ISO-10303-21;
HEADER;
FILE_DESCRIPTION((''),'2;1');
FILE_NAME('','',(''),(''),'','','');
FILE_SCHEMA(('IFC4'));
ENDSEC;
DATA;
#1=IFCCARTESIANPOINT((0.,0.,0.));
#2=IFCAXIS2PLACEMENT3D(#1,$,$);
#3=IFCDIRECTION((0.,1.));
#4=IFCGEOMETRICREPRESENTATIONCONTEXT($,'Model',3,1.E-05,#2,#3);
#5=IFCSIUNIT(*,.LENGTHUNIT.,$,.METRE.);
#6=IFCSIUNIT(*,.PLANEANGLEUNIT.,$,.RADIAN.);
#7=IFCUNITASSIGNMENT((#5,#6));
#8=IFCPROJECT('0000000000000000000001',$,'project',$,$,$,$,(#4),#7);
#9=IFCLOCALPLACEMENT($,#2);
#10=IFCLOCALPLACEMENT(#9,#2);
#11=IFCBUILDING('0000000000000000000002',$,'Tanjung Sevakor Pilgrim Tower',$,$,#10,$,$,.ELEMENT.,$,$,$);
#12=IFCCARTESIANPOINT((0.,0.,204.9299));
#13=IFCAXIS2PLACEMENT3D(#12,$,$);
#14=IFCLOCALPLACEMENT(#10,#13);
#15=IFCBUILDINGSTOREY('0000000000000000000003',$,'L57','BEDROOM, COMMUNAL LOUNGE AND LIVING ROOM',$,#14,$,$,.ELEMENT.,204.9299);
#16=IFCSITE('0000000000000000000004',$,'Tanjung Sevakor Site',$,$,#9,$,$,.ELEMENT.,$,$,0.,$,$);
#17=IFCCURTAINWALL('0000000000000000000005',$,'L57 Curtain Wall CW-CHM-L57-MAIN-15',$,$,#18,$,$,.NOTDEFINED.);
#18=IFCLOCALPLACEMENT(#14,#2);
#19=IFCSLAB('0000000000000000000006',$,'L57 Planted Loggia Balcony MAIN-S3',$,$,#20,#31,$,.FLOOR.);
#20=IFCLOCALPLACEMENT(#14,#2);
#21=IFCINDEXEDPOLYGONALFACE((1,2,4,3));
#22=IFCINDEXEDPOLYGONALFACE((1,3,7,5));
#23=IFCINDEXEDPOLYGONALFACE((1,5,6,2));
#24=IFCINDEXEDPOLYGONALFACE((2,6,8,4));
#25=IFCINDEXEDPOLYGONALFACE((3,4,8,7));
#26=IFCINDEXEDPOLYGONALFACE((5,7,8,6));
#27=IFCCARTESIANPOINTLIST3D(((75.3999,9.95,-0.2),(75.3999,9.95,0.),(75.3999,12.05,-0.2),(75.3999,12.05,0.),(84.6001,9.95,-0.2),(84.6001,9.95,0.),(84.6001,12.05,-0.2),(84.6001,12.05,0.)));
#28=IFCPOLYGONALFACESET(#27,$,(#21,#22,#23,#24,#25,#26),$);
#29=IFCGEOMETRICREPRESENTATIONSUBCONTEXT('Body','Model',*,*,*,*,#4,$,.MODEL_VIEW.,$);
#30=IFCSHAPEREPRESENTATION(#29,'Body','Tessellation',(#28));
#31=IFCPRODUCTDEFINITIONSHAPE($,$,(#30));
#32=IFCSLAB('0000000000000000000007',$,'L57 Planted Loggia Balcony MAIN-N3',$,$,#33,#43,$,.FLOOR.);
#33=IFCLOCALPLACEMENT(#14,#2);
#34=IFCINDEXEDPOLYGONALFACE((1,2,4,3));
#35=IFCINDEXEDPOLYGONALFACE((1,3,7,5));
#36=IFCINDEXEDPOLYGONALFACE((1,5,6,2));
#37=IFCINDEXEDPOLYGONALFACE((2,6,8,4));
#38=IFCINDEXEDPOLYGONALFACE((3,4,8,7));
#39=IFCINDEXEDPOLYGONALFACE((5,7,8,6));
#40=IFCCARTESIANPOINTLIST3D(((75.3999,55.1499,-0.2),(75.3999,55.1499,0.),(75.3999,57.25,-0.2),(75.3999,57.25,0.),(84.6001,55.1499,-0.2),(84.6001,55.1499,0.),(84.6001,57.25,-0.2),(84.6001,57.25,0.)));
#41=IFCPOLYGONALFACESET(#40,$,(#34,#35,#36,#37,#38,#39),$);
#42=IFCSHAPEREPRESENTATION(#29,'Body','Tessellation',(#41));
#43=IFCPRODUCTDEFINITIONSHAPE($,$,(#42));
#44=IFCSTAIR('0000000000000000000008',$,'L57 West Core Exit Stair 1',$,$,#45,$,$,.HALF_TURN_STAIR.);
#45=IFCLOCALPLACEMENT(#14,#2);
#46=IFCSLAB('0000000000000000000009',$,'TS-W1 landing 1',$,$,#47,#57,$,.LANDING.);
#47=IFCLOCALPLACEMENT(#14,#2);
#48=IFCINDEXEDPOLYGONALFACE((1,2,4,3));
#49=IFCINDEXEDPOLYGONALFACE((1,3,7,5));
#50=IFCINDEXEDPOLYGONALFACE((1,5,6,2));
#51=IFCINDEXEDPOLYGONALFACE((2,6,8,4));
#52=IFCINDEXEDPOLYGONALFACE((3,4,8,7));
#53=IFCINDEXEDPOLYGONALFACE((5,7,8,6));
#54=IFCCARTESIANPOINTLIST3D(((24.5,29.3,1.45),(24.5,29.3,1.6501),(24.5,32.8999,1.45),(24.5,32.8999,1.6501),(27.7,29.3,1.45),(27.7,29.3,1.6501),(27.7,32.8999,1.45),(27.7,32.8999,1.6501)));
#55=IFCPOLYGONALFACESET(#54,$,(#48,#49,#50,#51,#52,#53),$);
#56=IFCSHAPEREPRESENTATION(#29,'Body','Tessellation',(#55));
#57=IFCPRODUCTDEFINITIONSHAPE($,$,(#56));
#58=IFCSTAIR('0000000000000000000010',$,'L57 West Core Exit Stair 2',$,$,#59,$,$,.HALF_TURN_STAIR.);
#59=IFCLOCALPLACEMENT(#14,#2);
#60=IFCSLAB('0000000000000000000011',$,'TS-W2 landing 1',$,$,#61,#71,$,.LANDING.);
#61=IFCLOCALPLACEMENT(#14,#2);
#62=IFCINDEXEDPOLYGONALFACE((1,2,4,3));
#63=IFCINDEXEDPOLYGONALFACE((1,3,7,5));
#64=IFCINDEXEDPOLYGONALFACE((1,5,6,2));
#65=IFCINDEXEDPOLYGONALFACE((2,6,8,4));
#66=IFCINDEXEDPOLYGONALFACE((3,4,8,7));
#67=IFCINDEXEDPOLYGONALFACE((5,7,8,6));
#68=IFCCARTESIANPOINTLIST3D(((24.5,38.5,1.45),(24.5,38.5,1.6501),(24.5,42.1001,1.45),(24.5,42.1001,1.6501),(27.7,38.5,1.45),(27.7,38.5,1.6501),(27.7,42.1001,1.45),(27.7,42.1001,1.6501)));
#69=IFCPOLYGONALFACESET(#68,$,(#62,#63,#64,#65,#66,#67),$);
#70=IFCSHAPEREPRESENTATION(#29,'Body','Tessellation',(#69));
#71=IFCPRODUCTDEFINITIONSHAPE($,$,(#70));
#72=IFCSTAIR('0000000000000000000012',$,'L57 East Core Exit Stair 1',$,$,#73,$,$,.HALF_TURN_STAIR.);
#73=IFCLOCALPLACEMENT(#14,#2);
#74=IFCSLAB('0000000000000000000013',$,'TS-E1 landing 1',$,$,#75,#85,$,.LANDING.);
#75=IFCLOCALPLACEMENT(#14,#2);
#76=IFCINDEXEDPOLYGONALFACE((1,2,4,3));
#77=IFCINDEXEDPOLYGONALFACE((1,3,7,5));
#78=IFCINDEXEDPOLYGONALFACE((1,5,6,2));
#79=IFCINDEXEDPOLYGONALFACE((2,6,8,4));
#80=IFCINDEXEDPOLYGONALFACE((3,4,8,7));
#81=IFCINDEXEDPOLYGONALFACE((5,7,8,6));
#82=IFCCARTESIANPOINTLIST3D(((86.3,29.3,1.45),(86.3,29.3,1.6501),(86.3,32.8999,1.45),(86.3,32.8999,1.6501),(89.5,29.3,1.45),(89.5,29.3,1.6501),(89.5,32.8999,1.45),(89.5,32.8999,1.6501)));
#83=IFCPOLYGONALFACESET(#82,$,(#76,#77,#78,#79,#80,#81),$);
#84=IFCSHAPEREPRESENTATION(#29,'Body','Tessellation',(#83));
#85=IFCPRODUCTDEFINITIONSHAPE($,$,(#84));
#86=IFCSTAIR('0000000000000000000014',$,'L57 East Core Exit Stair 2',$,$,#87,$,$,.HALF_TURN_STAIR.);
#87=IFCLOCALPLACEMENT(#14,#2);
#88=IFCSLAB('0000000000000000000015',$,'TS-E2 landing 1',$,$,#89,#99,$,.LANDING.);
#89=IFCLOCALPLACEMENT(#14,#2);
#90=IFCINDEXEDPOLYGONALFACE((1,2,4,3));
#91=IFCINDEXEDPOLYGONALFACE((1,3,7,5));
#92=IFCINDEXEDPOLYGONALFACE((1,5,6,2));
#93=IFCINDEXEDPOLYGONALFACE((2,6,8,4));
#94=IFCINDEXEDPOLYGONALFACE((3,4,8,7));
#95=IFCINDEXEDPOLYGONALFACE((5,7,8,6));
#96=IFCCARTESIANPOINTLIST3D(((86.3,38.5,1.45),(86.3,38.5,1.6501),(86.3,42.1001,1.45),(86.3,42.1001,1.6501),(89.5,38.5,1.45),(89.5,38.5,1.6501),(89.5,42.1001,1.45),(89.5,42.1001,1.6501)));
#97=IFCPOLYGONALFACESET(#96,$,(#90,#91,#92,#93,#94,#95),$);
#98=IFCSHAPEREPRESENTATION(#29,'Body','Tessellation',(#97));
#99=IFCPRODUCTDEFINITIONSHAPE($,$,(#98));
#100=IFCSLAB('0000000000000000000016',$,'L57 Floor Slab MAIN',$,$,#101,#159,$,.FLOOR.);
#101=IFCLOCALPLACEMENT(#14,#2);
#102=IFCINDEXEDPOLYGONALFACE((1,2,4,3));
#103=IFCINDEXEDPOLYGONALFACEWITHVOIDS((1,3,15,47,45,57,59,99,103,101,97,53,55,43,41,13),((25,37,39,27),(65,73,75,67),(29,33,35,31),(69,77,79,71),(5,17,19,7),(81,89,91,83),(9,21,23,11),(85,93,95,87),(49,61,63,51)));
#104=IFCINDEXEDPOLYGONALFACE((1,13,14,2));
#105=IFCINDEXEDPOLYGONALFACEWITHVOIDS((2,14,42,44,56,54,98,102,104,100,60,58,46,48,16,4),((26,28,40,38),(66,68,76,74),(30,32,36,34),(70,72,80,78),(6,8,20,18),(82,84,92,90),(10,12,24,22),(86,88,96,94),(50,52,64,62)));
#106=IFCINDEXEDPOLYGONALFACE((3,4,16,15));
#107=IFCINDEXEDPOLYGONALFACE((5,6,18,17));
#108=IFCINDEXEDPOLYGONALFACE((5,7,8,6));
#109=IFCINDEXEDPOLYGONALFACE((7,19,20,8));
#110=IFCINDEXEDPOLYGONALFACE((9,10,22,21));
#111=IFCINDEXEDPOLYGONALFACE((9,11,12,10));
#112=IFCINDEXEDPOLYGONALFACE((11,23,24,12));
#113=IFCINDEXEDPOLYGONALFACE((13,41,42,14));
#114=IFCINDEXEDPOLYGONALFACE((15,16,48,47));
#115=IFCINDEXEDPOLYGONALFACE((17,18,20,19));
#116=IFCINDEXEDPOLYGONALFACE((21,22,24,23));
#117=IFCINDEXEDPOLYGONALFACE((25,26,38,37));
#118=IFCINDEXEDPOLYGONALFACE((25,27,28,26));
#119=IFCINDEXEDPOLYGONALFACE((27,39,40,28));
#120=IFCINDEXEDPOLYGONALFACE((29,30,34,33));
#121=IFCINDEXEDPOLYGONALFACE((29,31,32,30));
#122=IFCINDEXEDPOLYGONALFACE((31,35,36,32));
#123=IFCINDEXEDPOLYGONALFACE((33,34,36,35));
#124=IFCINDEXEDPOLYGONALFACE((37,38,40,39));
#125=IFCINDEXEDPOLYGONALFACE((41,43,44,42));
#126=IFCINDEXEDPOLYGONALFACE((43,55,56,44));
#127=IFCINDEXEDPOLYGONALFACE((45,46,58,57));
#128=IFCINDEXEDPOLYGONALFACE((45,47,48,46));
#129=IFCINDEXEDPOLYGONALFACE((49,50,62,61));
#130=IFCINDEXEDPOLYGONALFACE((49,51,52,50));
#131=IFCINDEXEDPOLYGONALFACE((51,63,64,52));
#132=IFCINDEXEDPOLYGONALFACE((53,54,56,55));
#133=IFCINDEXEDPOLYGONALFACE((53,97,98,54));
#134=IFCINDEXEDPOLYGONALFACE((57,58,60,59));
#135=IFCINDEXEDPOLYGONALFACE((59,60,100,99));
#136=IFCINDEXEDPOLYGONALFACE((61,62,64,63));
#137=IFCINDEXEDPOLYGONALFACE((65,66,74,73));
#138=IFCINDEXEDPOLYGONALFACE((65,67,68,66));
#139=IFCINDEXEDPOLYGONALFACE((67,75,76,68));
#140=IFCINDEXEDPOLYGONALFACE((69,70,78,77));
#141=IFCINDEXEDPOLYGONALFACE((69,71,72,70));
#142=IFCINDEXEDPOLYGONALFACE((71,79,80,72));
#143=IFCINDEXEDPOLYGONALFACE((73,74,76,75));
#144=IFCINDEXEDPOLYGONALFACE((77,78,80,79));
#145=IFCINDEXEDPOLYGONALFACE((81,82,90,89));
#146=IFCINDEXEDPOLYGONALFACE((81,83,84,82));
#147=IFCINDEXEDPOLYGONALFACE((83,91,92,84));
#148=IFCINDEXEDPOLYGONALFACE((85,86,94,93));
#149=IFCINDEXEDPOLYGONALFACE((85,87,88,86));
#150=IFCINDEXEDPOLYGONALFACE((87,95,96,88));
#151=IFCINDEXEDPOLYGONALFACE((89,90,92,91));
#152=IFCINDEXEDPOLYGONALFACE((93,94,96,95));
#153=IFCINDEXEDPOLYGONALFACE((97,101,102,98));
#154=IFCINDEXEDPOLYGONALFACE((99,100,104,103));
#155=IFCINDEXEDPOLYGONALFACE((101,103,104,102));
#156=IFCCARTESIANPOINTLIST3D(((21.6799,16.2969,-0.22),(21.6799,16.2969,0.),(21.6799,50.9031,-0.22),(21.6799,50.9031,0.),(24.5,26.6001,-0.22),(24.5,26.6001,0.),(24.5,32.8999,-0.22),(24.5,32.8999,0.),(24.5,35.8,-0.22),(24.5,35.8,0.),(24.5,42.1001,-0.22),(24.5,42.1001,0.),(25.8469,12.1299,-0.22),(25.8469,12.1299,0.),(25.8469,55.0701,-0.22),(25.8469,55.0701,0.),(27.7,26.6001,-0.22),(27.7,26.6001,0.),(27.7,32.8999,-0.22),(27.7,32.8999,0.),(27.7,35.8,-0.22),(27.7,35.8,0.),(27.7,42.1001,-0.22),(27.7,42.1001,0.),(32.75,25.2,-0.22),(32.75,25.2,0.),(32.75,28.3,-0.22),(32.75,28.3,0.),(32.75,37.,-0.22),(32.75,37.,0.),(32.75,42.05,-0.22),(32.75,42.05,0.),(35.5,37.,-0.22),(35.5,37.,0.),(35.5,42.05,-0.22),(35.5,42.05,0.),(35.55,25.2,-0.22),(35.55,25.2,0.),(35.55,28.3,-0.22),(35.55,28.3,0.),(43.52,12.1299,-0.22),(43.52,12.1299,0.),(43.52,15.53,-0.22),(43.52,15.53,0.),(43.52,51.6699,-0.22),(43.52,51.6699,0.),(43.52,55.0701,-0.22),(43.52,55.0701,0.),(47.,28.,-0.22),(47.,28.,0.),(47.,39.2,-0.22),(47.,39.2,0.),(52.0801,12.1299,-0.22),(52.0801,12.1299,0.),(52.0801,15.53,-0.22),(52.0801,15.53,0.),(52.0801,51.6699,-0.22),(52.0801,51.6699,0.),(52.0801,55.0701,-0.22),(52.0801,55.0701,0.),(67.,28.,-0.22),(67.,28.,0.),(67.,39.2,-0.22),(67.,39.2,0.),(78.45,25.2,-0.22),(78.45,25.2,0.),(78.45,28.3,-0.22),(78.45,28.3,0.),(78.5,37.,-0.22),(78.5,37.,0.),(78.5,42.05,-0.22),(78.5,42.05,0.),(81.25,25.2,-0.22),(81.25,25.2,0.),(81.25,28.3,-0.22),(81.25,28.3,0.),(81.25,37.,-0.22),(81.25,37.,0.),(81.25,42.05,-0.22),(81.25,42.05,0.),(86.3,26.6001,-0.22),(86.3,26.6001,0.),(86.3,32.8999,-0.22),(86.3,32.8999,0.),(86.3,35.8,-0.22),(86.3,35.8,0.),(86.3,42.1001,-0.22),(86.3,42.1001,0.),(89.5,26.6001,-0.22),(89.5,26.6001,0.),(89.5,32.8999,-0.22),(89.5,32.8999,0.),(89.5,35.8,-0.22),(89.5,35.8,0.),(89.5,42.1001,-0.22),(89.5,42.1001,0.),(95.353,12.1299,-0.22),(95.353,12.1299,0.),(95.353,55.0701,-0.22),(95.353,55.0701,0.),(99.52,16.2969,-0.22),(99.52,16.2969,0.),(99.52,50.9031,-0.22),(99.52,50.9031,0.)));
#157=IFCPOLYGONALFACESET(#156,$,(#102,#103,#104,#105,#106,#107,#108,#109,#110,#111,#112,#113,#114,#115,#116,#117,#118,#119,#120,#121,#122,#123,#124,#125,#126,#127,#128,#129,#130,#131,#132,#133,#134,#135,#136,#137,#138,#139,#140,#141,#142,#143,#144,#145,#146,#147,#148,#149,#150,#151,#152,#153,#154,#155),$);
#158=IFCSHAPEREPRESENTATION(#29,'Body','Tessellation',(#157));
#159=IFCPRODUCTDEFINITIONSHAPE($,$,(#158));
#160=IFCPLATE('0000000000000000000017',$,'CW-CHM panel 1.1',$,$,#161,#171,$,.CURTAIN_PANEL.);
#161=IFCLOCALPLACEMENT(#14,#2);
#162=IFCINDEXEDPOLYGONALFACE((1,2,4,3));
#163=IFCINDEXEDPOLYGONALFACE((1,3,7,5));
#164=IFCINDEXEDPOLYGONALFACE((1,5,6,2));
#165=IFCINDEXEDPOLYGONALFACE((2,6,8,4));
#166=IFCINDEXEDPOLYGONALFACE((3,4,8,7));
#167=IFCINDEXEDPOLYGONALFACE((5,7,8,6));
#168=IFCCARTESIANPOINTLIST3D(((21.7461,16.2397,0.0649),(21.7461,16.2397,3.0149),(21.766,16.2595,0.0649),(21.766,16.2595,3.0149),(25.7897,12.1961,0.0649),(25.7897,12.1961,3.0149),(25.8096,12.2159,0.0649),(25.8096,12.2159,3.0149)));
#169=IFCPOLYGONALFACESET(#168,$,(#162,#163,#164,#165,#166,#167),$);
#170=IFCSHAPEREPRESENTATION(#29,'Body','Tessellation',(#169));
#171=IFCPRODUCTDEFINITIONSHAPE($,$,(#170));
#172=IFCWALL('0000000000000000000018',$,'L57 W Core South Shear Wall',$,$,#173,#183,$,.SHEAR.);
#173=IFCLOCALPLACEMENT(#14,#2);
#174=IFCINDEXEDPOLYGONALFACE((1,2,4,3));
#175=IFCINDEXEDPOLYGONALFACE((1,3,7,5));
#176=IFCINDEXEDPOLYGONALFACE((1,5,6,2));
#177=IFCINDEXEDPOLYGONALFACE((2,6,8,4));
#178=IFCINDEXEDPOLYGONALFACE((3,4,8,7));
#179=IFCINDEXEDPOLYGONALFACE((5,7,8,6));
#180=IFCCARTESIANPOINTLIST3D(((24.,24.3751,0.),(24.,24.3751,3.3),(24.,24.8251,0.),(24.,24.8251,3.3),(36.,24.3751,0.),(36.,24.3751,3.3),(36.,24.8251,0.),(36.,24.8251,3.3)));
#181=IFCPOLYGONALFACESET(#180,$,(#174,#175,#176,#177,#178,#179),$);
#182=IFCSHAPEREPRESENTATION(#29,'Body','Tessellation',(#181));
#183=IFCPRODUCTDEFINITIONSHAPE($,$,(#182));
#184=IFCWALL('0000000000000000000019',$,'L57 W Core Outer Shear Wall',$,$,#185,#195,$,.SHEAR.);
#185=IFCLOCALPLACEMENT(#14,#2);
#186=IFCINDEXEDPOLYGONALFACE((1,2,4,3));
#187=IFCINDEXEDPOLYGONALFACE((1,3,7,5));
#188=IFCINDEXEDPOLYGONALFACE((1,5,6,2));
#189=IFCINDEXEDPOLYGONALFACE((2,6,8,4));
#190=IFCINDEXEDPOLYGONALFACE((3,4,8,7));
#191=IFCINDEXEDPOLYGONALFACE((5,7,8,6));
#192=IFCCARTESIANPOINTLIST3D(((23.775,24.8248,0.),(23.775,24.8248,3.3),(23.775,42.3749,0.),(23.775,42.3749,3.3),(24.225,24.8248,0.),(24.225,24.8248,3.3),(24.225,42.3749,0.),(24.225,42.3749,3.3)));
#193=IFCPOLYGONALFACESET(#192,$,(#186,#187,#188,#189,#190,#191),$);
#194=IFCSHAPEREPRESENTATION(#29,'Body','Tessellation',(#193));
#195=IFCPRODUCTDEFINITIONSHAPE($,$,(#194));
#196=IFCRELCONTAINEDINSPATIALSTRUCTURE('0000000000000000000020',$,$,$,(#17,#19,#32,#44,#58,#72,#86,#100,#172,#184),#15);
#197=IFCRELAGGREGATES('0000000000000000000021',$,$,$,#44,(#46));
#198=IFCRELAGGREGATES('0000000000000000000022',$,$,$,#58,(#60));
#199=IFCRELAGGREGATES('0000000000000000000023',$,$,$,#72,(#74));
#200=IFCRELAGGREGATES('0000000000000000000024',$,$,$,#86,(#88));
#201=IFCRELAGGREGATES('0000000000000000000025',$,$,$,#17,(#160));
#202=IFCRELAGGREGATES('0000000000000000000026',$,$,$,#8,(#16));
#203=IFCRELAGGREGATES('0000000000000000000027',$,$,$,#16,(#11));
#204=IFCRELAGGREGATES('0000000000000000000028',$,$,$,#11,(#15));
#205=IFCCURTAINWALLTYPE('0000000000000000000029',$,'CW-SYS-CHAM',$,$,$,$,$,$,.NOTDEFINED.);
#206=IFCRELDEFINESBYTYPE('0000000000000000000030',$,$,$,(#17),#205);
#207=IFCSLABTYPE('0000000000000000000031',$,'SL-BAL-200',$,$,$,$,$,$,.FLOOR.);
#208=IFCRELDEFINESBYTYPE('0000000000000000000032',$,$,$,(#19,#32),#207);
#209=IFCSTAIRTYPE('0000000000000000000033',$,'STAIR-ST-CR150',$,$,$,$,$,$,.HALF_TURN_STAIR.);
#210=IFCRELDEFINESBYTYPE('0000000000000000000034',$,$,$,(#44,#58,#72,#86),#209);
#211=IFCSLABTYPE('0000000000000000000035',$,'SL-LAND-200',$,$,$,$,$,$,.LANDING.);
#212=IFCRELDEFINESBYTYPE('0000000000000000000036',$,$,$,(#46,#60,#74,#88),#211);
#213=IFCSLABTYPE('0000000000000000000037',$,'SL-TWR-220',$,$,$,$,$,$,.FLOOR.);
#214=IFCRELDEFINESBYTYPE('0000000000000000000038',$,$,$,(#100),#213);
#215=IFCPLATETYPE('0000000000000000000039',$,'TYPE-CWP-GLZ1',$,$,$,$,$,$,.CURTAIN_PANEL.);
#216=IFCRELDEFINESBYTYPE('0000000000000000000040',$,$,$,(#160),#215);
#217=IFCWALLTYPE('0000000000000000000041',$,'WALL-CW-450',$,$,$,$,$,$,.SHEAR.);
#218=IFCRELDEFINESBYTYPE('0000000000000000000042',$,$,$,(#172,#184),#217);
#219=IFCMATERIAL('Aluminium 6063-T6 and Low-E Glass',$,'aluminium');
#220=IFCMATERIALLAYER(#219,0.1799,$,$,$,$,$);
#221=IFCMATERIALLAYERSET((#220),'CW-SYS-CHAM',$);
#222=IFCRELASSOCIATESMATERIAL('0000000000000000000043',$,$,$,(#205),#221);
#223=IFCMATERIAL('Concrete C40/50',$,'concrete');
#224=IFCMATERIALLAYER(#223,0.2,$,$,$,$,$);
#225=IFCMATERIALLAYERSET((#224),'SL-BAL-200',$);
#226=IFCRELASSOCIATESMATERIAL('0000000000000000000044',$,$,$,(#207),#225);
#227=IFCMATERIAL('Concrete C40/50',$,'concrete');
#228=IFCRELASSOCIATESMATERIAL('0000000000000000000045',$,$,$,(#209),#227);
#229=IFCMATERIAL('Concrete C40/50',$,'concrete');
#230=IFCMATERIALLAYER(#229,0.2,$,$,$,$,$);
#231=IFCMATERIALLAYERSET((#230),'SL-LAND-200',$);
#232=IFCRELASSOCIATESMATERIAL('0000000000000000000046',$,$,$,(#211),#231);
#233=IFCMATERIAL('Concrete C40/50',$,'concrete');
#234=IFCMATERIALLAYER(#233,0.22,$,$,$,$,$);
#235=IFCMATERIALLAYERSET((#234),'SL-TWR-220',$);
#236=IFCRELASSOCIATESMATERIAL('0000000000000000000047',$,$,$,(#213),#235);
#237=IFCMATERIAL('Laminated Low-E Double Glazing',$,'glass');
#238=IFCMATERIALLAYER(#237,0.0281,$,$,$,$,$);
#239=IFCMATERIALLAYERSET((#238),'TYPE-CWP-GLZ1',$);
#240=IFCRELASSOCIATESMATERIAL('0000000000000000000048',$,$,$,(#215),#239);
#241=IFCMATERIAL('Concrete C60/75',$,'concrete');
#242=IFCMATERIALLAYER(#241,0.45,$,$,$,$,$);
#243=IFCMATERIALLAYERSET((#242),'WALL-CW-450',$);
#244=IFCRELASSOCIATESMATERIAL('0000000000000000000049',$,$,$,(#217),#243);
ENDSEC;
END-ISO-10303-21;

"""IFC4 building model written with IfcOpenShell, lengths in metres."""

from ifc_helpers import new_model, si_unit, direction, frame, frame_2d, origin, origin_2d, place, context, subcontext, project, spatial, polyline, rectangle, outline, extrude, material, layer, layer_set, type_object, element, aggregate, save


model = new_model("IFC4")

# Units and contexts
model_context = context("Model", 3, precision=1e-05, world=origin(), true_north=direction((0.0, 1.0)))
body_context = subcontext(model_context, "Body", "Model", "MODEL_VIEW")
ifc_project = project(units=[si_unit("LENGTHUNIT", "METRE"), si_unit("PLANEANGLEUNIT", "RADIAN")], contexts=[model_context])

# Site, building, storey
site_placement = place(None, origin())
site = spatial("IfcSite", under=ifc_project, at=site_placement, Name="Tanjung Sevakor Site", CompositionType="ELEMENT", RefElevation=0.0)
building_placement = place(site_placement, origin())
building = spatial("IfcBuilding", under=site, at=building_placement, Name="Tanjung Sevakor Pilgrim Tower", CompositionType="ELEMENT")
storey_placement = place(building_placement, frame((0.0, 0.0, 204.9299)))
storey = spatial("IfcBuildingStorey", under=building, at=storey_placement, Name="L57", Description="BEDROOM, COMMUNAL LOUNGE AND LIVING ROOM", CompositionType="ELEMENT", Elevation=204.9299)

# Curtain wall
ifc_material_1 = material(Name="Aluminium 6063-T6 and Low-E Glass", Category="aluminium")
ifc_layer_1 = layer(ifc_material_1, 0.1799)
ifc_layer_set_1 = layer_set([ifc_layer_1], Name="CW-SYS-CHAM")
curtain_wall_type = type_object("IfcCurtainWallType", Name="CW-SYS-CHAM", PredefinedType="NOTDEFINED", material=ifc_layer_set_1)
curtain_wall_placement = place(storey_placement, origin())
curtain_wall = element("IfcCurtainWall", 1, at=curtain_wall_placement, inside=storey, type_object=curtain_wall_type, Name="L57 Curtain Wall CW-CHM-L57-MAIN-15", PredefinedType="NOTDEFINED")

# Slabs
ifc_material_2 = material(Name="Concrete C40/50", Category="concrete")
ifc_layer_2 = layer(ifc_material_2, 0.2)
ifc_layer_set_2 = layer_set([ifc_layer_2], Name="SL-BAL-200")
slab_type_1 = type_object("IfcSlabType", Name="SL-BAL-200", PredefinedType="FLOOR", material=ifc_layer_set_2)
slab_1_placement = place(storey_placement, frame((0.0, 0.0, -0.2)))
element("IfcSlab", 2, at=slab_1_placement, inside=storey, type_object=slab_type_1, Name="L57 Planted Loggia Balcony MAIN-S3", PredefinedType="FLOOR", context=body_context, shape_type="SweptSolid", body=[
    extrude(outline(polyline([(75.3999, 9.95), (84.6001, 9.95), (84.6001, 12.05), (75.3999, 12.05), (75.3999, 9.95)])), origin(), (0.0, 0.0, 1.0), 0.2),
])
slab_2_placement = place(storey_placement, frame((0.0, 0.0, -0.2)))
element("IfcSlab", 3, at=slab_2_placement, inside=storey, type_object=slab_type_1, Name="L57 Planted Loggia Balcony MAIN-N3", PredefinedType="FLOOR", context=body_context, shape_type="SweptSolid", body=[
    extrude(outline(polyline([(75.3999, 55.1499), (84.6001, 55.1499), (84.6001, 57.25), (75.3999, 57.25), (75.3999, 55.1499)])), origin(), (0.0, 0.0, 1.0), 0.2),
])

# Stairs, slabs
ifc_material_3 = material(Name="Concrete C40/50", Category="concrete")
stair_type = type_object("IfcStairType", Name="STAIR-ST-CR150", PredefinedType="HALF_TURN_STAIR", material=ifc_material_3)
stair_1_placement = place(storey_placement, origin())
stair_1 = element("IfcStair", 4, at=stair_1_placement, inside=storey, type_object=stair_type, Name="L57 West Core Exit Stair 1", PredefinedType="HALF_TURN_STAIR")
ifc_material_4 = material(Name="Concrete C40/50", Category="concrete")
ifc_layer_3 = layer(ifc_material_4, 0.2)
ifc_layer_set_3 = layer_set([ifc_layer_3], Name="SL-LAND-200")
slab_type_2 = type_object("IfcSlabType", Name="SL-LAND-200", PredefinedType="LANDING", material=ifc_layer_set_3)
slab_3_placement = place(storey_placement, frame((0.0, 0.0, 1.45)))
slab_3 = element("IfcSlab", 5, at=slab_3_placement, type_object=slab_type_2, Name="TS-W1 landing 1", PredefinedType="LANDING", context=body_context, shape_type="SweptSolid", body=[
    extrude(outline(polyline([(27.7, 29.3), (27.7, 32.8999), (24.5, 32.8999), (24.5, 29.3), (27.7, 29.3)])), origin(), (0.0, 0.0, 1.0), 0.2002),
])
aggregate(stair_1, [slab_3])
stair_2_placement = place(storey_placement, origin())
stair_2 = element("IfcStair", 6, at=stair_2_placement, inside=storey, type_object=stair_type, Name="L57 West Core Exit Stair 2", PredefinedType="HALF_TURN_STAIR")
slab_4_placement = place(storey_placement, frame((0.0, 0.0, 1.45)))
slab_4 = element("IfcSlab", 7, at=slab_4_placement, type_object=slab_type_2, Name="TS-W2 landing 1", PredefinedType="LANDING", context=body_context, shape_type="SweptSolid", body=[
    extrude(outline(polyline([(27.7, 38.5), (27.7, 42.1001), (24.5, 42.1001), (24.5, 38.5), (27.7, 38.5)])), origin(), (0.0, 0.0, 1.0), 0.2002),
])
aggregate(stair_2, [slab_4])
stair_3_placement = place(storey_placement, origin())
stair_3 = element("IfcStair", 8, at=stair_3_placement, inside=storey, type_object=stair_type, Name="L57 East Core Exit Stair 1", PredefinedType="HALF_TURN_STAIR")
slab_5_placement = place(storey_placement, frame((0.0, 0.0, 1.45)))
slab_5 = element("IfcSlab", 9, at=slab_5_placement, type_object=slab_type_2, Name="TS-E1 landing 1", PredefinedType="LANDING", context=body_context, shape_type="SweptSolid", body=[
    extrude(outline(polyline([(89.5, 29.3), (89.5, 32.8999), (86.3, 32.8999), (86.3, 29.3), (89.5, 29.3)])), origin(), (0.0, 0.0, 1.0), 0.2002),
])
aggregate(stair_3, [slab_5])
stair_4_placement = place(storey_placement, origin())
stair_4 = element("IfcStair", 10, at=stair_4_placement, inside=storey, type_object=stair_type, Name="L57 East Core Exit Stair 2", PredefinedType="HALF_TURN_STAIR")
slab_6_placement = place(storey_placement, frame((0.0, 0.0, 1.45)))
slab_6 = element("IfcSlab", 11, at=slab_6_placement, type_object=slab_type_2, Name="TS-E2 landing 1", PredefinedType="LANDING", context=body_context, shape_type="SweptSolid", body=[
    extrude(outline(polyline([(89.5, 38.5), (89.5, 42.1001), (86.3, 42.1001), (86.3, 38.5), (89.5, 38.5)])), origin(), (0.0, 0.0, 1.0), 0.2002),
])
aggregate(stair_4, [slab_6])

# Slab
ifc_material_5 = material(Name="Concrete C40/50", Category="concrete")
ifc_layer_4 = layer(ifc_material_5, 0.22)
ifc_layer_set_4 = layer_set([ifc_layer_4], Name="SL-TWR-220")
slab_type_3 = type_object("IfcSlabType", Name="SL-TWR-220", PredefinedType="FLOOR", material=ifc_layer_set_4)
slab_7_placement = place(storey_placement, frame((0.0, 0.0, -0.22)))
element("IfcSlab", 12, at=slab_7_placement, inside=storey, type_object=slab_type_3, Name="L57 Floor Slab MAIN", PredefinedType="FLOOR", context=body_context, shape_type="SweptSolid", body=[
    extrude(outline(polyline([(25.8469, 12.1299), (43.52, 12.1299), (43.52, 15.53), (52.0801, 15.53), (52.0801, 12.1299), (95.353, 12.1299), (99.52, 16.2969), (99.52, 50.9031), (95.353, 55.0701), (52.0801, 55.0701), (52.0801, 51.6699), (43.52, 51.6699), (43.52, 55.0701), (25.8469, 55.0701), (21.6799, 50.9031), (21.6799, 16.2969), (25.8469, 12.1299)]), holes=[polyline([(27.7, 26.6001), (27.7, 32.8999), (24.5, 32.8999), (24.5, 26.6001), (27.7, 26.6001)]), polyline([(27.7, 35.8), (27.7, 42.1001), (24.5, 42.1001), (24.5, 35.8), (27.7, 35.8)]), polyline([(89.5, 26.6001), (89.5, 32.8999), (86.3, 32.8999), (86.3, 26.6001), (89.5, 26.6001)]), polyline([(89.5, 35.8), (89.5, 42.1001), (86.3, 42.1001), (86.3, 35.8), (89.5, 35.8)]), polyline([(32.75, 25.2), (35.55, 25.2), (35.55, 28.3), (32.75, 28.3), (32.75, 25.2)]), polyline([(32.75, 37.0), (35.5, 37.0), (35.5, 42.05), (32.75, 42.05), (32.75, 37.0)]), polyline([(78.45, 25.2), (81.25, 25.2), (81.25, 28.3), (78.45, 28.3), (78.45, 25.2)]), polyline([(78.5, 37.0), (81.25, 37.0), (81.25, 42.05), (78.5, 42.05), (78.5, 37.0)]), polyline([(47.0, 28.0), (67.0, 28.0), (67.0, 39.2), (47.0, 39.2), (47.0, 28.0)])]), origin(), (0.0, 0.0, 1.0), 0.22),
])

# Plate
ifc_material_6 = material(Name="Laminated Low-E Double Glazing", Category="glass")
ifc_layer_5 = layer(ifc_material_6, 0.0281)
ifc_layer_set_5 = layer_set([ifc_layer_5], Name="TYPE-CWP-GLZ1")
plate_type = type_object("IfcPlateType", Name="TYPE-CWP-GLZ1", PredefinedType="CURTAIN_PANEL", material=ifc_layer_set_5)
plate_placement = place(storey_placement, frame((23.7778, 14.2278, 0.0649), z_axis=(0.0, 0.0, 1.0), x_axis=(0.707107, -0.707107, 0.0)))
plate = element("IfcPlate", 13, at=plate_placement, type_object=plate_type, Name="CW-CHM panel 1.1", PredefinedType="CURTAIN_PANEL", context=body_context, shape_type="SweptSolid", body=[
    extrude(rectangle(XDim=5.7185, YDim=0.0281, at=origin_2d()), origin(), (0.0, 0.0, 1.0), 2.95),
])
aggregate(curtain_wall, [plate])

# Walls
ifc_material_7 = material(Name="Concrete C60/75", Category="concrete")
ifc_layer_6 = layer(ifc_material_7, 0.45)
ifc_layer_set_6 = layer_set([ifc_layer_6], Name="WALL-CW-450")
wall_type_1 = type_object("IfcWallType", Name="WALL-CW-450", PredefinedType="SHEAR", material=ifc_layer_set_6)
wall_1_placement = place(storey_placement, frame((24.0, 24.6001, 0.0), z_axis=(0.0, 0.0, 1.0), x_axis=(1.0, 0.0, 0.0)))
element("IfcWall", 14, at=wall_1_placement, inside=storey, type_object=wall_type_1, Name="L57 W Core South Shear Wall", PredefinedType="SHEAR", context=body_context, shape_type="SweptSolid", body=[
    extrude(rectangle(XDim=12.0, YDim=0.45, at=frame_2d((6.0, 0.0))), origin(), (0.0, 0.0, 1.0), 3.3),
])
wall_2_placement = place(storey_placement, frame((24.0, 24.825, 0.0), z_axis=(0.0, 0.0, 1.0), x_axis=(0.0, 1.0, 0.0)))
element("IfcWall", 15, at=wall_2_placement, inside=storey, type_object=wall_type_1, Name="L57 W Core Outer Shear Wall", PredefinedType="SHEAR", context=body_context, shape_type="SweptSolid", body=[
    extrude(rectangle(XDim=17.55, YDim=0.45, at=frame_2d((8.7749, 0.0))), origin(), (0.0, 0.0, 1.0), 3.3),
])

save(model, "model.ifc")
